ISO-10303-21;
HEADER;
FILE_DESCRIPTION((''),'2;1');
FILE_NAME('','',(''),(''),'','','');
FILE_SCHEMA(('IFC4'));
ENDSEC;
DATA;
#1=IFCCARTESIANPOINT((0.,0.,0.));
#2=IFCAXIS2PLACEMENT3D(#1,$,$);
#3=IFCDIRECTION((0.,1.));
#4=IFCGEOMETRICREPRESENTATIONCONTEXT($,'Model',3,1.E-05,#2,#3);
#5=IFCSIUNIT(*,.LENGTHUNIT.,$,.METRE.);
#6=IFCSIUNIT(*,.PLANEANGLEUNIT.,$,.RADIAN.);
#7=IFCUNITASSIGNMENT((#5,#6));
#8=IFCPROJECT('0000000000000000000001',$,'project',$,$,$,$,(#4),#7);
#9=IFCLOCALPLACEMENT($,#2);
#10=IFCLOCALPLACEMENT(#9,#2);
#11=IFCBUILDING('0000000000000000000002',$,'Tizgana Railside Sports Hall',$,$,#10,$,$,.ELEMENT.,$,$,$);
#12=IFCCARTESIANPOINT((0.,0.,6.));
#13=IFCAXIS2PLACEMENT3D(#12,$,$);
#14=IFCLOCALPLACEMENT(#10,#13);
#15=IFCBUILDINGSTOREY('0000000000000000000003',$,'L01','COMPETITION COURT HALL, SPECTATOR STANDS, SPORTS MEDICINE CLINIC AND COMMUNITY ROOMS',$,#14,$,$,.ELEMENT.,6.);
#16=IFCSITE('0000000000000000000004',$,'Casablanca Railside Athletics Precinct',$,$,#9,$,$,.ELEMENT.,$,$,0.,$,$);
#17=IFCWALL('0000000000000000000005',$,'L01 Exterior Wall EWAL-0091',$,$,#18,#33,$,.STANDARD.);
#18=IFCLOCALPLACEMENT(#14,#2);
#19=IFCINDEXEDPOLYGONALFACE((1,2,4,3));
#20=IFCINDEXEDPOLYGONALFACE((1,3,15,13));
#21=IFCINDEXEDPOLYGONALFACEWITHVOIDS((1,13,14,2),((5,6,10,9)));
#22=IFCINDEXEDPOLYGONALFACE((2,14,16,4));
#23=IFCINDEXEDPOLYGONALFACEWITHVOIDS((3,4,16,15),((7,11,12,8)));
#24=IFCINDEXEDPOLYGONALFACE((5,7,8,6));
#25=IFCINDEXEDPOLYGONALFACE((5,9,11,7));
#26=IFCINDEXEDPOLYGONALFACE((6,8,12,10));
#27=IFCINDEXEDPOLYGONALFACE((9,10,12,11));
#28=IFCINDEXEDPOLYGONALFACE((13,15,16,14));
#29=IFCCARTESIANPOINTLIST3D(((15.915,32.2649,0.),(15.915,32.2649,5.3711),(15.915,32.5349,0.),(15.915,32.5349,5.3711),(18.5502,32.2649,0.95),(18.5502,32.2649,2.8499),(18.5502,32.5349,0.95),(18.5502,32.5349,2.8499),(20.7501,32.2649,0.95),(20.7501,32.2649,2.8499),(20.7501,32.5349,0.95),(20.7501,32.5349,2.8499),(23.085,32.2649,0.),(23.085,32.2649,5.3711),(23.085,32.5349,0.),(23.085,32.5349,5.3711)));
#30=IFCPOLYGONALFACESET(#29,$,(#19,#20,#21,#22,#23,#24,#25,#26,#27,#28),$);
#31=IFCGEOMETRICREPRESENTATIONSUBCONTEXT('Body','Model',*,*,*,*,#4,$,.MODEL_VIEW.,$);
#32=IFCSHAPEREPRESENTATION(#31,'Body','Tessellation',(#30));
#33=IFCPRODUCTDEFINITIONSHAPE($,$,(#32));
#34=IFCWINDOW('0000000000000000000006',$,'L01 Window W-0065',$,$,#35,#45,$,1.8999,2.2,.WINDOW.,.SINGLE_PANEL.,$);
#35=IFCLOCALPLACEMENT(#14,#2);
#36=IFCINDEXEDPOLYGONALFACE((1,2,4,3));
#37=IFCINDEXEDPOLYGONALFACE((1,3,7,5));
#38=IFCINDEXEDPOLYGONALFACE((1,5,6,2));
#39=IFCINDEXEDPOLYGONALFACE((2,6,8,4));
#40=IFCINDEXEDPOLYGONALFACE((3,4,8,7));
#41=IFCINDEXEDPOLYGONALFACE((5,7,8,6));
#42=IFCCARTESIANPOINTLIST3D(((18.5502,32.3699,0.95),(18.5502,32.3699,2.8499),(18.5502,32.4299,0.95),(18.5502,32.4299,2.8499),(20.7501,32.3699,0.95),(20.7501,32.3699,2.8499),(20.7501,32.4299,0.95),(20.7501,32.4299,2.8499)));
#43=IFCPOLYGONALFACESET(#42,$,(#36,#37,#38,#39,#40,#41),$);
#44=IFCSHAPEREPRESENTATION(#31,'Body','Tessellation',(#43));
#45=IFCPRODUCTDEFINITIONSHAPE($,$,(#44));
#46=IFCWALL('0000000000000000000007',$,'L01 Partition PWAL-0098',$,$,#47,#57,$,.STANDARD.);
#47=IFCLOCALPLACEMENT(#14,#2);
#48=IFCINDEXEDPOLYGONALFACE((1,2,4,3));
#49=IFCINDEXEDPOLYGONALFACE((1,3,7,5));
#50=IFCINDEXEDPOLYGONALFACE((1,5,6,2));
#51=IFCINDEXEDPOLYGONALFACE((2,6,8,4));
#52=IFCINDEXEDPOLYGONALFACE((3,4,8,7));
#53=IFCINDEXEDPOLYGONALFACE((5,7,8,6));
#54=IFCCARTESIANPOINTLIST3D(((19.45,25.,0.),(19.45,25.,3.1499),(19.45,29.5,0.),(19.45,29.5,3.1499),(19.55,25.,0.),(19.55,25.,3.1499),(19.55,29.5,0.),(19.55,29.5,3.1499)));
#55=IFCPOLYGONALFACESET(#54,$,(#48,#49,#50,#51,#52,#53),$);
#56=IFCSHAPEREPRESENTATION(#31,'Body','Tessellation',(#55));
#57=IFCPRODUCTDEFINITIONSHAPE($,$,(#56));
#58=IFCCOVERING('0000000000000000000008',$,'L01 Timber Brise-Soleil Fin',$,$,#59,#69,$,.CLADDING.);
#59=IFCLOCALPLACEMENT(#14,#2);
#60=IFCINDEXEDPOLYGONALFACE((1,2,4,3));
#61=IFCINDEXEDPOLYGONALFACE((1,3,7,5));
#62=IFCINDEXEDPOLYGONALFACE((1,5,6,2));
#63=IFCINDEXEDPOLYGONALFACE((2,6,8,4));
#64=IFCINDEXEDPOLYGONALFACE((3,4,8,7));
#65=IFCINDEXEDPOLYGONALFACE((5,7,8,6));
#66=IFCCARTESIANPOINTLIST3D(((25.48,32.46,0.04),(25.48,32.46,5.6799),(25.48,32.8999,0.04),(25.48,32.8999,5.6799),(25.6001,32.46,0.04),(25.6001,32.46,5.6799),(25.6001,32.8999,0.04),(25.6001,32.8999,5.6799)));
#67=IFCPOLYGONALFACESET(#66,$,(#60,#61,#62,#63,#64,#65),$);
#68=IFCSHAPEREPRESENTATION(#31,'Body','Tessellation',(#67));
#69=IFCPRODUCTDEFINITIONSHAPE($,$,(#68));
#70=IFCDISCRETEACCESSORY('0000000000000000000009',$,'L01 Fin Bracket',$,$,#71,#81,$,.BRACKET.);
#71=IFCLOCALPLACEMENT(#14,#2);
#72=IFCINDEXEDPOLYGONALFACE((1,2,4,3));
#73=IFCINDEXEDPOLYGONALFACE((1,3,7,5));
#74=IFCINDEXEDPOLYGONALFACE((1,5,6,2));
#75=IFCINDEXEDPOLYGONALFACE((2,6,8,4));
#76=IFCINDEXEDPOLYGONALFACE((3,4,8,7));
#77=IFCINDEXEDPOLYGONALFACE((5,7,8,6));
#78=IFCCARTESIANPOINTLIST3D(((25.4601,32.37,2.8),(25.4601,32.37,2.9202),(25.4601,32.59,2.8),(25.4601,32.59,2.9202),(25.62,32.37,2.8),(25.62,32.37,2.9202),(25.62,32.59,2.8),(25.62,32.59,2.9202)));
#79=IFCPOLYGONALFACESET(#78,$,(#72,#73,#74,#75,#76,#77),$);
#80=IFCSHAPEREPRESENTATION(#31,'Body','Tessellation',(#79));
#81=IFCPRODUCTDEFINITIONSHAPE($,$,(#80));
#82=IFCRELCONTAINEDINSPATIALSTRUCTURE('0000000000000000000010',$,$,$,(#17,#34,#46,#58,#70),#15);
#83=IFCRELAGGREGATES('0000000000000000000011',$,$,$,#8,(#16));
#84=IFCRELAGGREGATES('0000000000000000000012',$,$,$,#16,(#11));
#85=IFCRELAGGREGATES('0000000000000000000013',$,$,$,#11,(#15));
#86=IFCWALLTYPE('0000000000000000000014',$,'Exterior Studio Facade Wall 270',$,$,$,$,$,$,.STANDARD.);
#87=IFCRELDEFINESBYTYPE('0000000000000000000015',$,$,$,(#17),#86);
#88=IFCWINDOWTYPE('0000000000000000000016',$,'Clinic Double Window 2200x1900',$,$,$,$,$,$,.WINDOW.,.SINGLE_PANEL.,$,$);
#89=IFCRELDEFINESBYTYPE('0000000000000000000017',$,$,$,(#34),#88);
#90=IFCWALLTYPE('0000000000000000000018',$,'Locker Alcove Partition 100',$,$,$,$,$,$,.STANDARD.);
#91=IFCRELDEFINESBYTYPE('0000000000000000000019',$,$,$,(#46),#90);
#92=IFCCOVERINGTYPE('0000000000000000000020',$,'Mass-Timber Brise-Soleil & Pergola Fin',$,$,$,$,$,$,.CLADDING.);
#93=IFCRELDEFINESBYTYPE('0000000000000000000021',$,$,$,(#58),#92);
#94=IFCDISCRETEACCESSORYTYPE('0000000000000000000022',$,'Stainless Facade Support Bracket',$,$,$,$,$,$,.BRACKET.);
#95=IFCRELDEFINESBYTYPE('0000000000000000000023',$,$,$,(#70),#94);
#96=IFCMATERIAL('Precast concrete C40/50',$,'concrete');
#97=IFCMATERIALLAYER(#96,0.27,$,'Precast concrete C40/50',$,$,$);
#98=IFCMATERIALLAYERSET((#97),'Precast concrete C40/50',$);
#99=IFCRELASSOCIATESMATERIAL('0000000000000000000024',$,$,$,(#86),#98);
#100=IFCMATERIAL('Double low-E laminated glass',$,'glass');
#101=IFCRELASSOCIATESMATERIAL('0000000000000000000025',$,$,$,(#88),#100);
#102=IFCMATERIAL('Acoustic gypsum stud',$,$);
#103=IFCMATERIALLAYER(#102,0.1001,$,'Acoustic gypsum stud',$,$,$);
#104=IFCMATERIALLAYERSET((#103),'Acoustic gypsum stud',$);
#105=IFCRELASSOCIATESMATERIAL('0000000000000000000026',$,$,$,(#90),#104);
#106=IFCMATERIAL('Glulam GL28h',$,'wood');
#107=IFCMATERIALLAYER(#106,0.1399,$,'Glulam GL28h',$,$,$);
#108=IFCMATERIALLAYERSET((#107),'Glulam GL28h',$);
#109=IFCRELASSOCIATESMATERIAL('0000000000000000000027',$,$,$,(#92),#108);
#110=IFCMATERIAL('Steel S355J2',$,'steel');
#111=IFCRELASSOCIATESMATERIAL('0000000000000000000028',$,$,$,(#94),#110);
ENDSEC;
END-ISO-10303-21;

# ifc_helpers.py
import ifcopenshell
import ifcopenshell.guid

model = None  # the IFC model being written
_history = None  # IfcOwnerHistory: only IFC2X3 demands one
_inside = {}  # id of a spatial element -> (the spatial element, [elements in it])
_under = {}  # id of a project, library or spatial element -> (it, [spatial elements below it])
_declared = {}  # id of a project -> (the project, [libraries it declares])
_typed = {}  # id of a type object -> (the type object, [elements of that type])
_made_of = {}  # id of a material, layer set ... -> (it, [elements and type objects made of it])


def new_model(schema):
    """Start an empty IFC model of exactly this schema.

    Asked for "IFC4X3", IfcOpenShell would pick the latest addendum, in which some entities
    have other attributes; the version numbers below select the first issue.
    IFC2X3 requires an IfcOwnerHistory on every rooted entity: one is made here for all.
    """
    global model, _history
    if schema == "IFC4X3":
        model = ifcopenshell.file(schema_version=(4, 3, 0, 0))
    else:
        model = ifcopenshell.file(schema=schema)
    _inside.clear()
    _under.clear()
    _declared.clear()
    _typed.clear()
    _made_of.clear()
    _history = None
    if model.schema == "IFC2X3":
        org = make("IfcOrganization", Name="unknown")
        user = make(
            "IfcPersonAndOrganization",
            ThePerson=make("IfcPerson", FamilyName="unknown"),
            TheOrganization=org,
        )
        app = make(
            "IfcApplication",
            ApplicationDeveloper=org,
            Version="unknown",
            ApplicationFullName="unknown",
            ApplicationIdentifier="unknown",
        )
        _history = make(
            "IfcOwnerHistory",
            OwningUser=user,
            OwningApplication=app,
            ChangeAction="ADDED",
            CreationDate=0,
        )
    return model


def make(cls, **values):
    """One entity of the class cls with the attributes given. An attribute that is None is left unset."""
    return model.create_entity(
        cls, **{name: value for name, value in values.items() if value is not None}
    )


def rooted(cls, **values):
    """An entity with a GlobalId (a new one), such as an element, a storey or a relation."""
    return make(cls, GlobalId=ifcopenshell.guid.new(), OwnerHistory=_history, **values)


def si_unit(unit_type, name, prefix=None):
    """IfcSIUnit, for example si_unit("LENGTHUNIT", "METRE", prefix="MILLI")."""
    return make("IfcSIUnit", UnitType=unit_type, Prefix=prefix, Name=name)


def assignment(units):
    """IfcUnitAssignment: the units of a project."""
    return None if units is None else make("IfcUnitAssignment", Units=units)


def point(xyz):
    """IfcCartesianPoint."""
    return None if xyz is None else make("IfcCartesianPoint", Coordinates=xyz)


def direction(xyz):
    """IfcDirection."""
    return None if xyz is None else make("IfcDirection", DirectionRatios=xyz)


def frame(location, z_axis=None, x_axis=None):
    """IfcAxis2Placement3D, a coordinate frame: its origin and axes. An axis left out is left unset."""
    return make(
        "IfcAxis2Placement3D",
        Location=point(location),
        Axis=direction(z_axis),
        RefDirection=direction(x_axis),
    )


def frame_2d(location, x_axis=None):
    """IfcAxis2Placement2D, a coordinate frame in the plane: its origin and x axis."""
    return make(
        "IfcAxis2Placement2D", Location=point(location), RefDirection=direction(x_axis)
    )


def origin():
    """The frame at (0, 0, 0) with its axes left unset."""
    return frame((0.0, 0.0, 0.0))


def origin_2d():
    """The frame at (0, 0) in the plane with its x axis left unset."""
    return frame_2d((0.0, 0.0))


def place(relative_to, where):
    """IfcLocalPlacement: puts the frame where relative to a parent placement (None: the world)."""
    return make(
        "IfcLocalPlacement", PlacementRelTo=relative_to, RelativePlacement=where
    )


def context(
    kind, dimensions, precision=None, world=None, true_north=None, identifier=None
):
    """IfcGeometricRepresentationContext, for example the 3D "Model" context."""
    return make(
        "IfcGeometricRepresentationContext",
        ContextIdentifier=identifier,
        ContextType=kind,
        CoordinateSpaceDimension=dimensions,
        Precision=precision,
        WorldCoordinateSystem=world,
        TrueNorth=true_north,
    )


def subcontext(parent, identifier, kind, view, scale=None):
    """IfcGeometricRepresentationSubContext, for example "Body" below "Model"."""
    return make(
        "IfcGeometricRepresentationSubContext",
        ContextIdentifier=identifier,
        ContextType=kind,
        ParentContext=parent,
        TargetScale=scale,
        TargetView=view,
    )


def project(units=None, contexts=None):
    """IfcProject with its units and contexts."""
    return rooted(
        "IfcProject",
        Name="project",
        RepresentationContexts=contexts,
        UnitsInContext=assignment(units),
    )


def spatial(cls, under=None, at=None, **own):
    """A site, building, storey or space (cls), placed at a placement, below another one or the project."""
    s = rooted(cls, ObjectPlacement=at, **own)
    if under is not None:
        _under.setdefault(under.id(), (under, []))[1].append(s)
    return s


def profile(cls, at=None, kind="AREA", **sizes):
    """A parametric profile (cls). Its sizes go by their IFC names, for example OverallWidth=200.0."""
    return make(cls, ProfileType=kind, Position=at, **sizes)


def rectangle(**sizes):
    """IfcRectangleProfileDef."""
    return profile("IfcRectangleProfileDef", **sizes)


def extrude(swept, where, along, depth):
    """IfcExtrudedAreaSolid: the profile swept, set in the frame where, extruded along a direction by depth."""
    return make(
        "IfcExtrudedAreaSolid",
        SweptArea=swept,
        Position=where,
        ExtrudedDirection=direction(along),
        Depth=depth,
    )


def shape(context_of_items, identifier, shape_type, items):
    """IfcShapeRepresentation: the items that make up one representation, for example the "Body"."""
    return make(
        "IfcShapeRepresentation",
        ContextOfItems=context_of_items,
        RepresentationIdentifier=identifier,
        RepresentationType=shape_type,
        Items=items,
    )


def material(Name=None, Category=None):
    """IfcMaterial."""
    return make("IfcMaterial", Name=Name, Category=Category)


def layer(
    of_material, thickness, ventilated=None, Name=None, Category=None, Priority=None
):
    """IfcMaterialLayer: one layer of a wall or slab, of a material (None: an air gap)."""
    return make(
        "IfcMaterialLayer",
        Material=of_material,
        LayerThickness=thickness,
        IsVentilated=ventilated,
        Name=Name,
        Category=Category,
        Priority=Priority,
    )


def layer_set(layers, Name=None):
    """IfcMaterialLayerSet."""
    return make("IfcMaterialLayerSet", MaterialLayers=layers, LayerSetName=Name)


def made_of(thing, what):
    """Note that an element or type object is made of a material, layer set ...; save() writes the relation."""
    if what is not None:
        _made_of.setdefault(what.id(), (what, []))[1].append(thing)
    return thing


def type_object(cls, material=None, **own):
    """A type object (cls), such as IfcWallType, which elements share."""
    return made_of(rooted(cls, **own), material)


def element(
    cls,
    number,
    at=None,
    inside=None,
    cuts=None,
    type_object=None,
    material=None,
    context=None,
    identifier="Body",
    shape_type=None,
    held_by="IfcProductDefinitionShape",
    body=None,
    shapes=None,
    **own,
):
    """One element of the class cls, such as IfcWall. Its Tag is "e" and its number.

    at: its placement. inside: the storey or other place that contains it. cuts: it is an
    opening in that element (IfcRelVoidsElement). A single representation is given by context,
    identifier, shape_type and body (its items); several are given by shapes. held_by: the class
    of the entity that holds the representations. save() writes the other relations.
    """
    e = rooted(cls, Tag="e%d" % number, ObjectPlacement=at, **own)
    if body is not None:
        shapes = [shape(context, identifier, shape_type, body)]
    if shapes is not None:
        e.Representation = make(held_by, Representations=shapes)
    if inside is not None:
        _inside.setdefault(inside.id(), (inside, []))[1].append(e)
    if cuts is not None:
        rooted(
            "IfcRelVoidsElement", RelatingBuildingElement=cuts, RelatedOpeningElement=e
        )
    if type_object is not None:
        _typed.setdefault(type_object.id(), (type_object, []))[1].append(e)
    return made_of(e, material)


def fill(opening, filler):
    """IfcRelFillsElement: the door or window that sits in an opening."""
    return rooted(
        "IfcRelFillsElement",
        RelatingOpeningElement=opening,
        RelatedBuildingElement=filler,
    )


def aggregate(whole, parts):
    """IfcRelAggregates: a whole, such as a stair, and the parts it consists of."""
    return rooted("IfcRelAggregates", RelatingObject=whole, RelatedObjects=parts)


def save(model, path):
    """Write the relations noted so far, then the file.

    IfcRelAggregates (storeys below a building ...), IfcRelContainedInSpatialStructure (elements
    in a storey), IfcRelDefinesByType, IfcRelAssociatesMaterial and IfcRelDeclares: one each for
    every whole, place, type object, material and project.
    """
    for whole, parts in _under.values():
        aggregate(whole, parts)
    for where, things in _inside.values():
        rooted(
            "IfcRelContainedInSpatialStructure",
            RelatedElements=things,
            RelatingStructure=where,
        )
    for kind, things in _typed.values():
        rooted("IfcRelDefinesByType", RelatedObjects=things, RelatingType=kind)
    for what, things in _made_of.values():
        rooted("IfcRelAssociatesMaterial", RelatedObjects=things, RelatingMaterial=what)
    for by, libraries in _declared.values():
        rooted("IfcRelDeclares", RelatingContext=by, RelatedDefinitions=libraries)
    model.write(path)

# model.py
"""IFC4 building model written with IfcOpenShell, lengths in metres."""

from ifc_helpers import new_model, si_unit, direction, frame, frame_2d, origin, origin_2d, place, context, subcontext, project, spatial, rectangle, extrude, material, layer, layer_set, type_object, element, fill, save


model = new_model("IFC4")

# Units and contexts
model_context = context("Model", 3, precision=1e-05, world=origin(), true_north=direction((0.0, 1.0)))
body_context = subcontext(model_context, "Body", "Model", "MODEL_VIEW")
ifc_project = project(units=[si_unit("LENGTHUNIT", "METRE"), si_unit("PLANEANGLEUNIT", "RADIAN")], contexts=[model_context])

# Site, building, storey
site_placement = place(None, origin())
site = spatial("IfcSite", under=ifc_project, at=site_placement, Name="Casablanca Railside Athletics Precinct", CompositionType="ELEMENT", RefElevation=0.0)
building_placement = place(site_placement, origin())
building = spatial("IfcBuilding", under=site, at=building_placement, Name="Tizgana Railside Sports Hall", CompositionType="ELEMENT")
storey_placement = place(building_placement, frame((0.0, 0.0, 6.0)))
storey = spatial("IfcBuildingStorey", under=building, at=storey_placement, Name="L01", Description="COMPETITION COURT HALL, SPECTATOR STANDS, SPORTS MEDICINE CLINIC AND COMMUNITY ROOMS", CompositionType="ELEMENT", Elevation=6.0)

# Shared definitions
ifc_material_1 = material(Name="Steel S355J2", Category="steel")

# Shared definitions
ifc_material_2 = material(Name="Double low-E laminated glass", Category="glass")

# Wall, opening, window
ifc_material_3 = material(Name="Precast concrete C40/50", Category="concrete")
ifc_layer_1 = layer(ifc_material_3, 0.27, Name="Precast concrete C40/50")
ifc_layer_set_1 = layer_set([ifc_layer_1], Name="Precast concrete C40/50")
wall_type_1 = type_object("IfcWallType", Name="Exterior Studio Facade Wall 270", PredefinedType="STANDARD", material=ifc_layer_set_1)
wall_1_placement = place(storey_placement, frame((15.915, 32.3999, 0.0), z_axis=(0.0, 0.0, 1.0), x_axis=(1.0, 0.0, 0.0)))
wall_1 = element("IfcWall", 1, at=wall_1_placement, inside=storey, type_object=wall_type_1, Name="L01 Exterior Wall EWAL-0091", PredefinedType="STANDARD", context=body_context, shape_type="SweptSolid", body=[
    extrude(rectangle(XDim=7.1699, YDim=0.27, at=frame_2d((3.585, 0.0))), origin(), (0.0, 0.0, 1.0), 5.3711),
])
opening_placement = place(wall_1_placement, frame((2.635, 0.0, 0.95)))
opening = element("IfcOpeningElement", 2, at=opening_placement, cuts=wall_1, PredefinedType="OPENING", context=body_context, shape_type="SweptSolid", body=[
    extrude(rectangle(XDim=2.2, YDim=1.8999, at=frame_2d((1.1001, 0.95))), frame((0.0, 0.145, 0.0), z_axis=(0.0, -1.0, 0.0), x_axis=(1.0, 0.0, 0.0)), (0.0, 0.0, 1.0), 0.29),
])
window_type = type_object("IfcWindowType", Name="Clinic Double Window 2200x1900", PartitioningType="SINGLE_PANEL", PredefinedType="WINDOW", material=ifc_material_2)
window_placement = place(opening_placement, origin())
window = element("IfcWindow", 3, at=window_placement, inside=storey, type_object=window_type, Name="L01 Window W-0065", OverallHeight=1.8999, OverallWidth=2.2, PartitioningType="SINGLE_PANEL", PredefinedType="WINDOW", context=body_context, shape_type="SweptSolid", body=[
    extrude(rectangle(XDim=2.2, YDim=1.8999, at=frame_2d((1.1001, 0.95))), frame((0.0, 0.03, 0.0), z_axis=(0.0, -1.0, 0.0), x_axis=(1.0, 0.0, 0.0)), (0.0, 0.0, 1.0), 0.0601),
])
fill(opening, window)

# Wall
ifc_material_4 = material(Name="Acoustic gypsum stud")
ifc_layer_2 = layer(ifc_material_4, 0.1001, Name="Acoustic gypsum stud")
ifc_layer_set_2 = layer_set([ifc_layer_2], Name="Acoustic gypsum stud")
wall_type_2 = type_object("IfcWallType", Name="Locker Alcove Partition 100", PredefinedType="STANDARD", material=ifc_layer_set_2)
wall_2_placement = place(storey_placement, frame((19.5, 25.0, 0.0), z_axis=(0.0, 0.0, 1.0), x_axis=(0.0, 1.0, 0.0)))
element("IfcWall", 4, at=wall_2_placement, inside=storey, type_object=wall_type_2, Name="L01 Partition PWAL-0098", PredefinedType="STANDARD", context=body_context, shape_type="SweptSolid", body=[
    extrude(rectangle(XDim=4.5, YDim=0.1001, at=frame_2d((2.25, 0.0))), origin(), (0.0, 0.0, 1.0), 3.1499),
])

# Covering
ifc_material_5 = material(Name="Glulam GL28h", Category="wood")
ifc_layer_3 = layer(ifc_material_5, 0.1399, Name="Glulam GL28h")
ifc_layer_set_3 = layer_set([ifc_layer_3], Name="Glulam GL28h")
covering_type = type_object("IfcCoveringType", Name="Mass-Timber Brise-Soleil & Pergola Fin", PredefinedType="CLADDING", material=ifc_layer_set_3)
covering_placement = place(storey_placement, frame((25.54, 32.6799, 0.04), z_axis=(0.0, 0.0, 1.0), x_axis=(1.0, 0.0, 0.0)))
element("IfcCovering", 5, at=covering_placement, inside=storey, type_object=covering_type, Name="L01 Timber Brise-Soleil Fin", PredefinedType="CLADDING", context=body_context, shape_type="SweptSolid", body=[
    extrude(rectangle(XDim=0.1201, YDim=0.4399, at=origin_2d()), origin(), (0.0, 0.0, 1.0), 5.6399),
])

# Discrete accessory
discrete_accessory_type = type_object("IfcDiscreteAccessoryType", Name="Stainless Facade Support Bracket", PredefinedType="BRACKET", material=ifc_material_1)
discrete_accessory_placement = place(storey_placement, frame((25.54, 32.48, 2.8), z_axis=(0.0, 0.0, 1.0), x_axis=(1.0, 0.0, 0.0)))
element("IfcDiscreteAccessory", 6, at=discrete_accessory_placement, inside=storey, type_object=discrete_accessory_type, Name="L01 Fin Bracket", PredefinedType="BRACKET", context=body_context, shape_type="SweptSolid", body=[
    extrude(rectangle(XDim=0.1599, YDim=0.22, at=origin_2d()), origin(), (0.0, 0.0, 1.0), 0.1201),
])

save(model, "model.ifc")
